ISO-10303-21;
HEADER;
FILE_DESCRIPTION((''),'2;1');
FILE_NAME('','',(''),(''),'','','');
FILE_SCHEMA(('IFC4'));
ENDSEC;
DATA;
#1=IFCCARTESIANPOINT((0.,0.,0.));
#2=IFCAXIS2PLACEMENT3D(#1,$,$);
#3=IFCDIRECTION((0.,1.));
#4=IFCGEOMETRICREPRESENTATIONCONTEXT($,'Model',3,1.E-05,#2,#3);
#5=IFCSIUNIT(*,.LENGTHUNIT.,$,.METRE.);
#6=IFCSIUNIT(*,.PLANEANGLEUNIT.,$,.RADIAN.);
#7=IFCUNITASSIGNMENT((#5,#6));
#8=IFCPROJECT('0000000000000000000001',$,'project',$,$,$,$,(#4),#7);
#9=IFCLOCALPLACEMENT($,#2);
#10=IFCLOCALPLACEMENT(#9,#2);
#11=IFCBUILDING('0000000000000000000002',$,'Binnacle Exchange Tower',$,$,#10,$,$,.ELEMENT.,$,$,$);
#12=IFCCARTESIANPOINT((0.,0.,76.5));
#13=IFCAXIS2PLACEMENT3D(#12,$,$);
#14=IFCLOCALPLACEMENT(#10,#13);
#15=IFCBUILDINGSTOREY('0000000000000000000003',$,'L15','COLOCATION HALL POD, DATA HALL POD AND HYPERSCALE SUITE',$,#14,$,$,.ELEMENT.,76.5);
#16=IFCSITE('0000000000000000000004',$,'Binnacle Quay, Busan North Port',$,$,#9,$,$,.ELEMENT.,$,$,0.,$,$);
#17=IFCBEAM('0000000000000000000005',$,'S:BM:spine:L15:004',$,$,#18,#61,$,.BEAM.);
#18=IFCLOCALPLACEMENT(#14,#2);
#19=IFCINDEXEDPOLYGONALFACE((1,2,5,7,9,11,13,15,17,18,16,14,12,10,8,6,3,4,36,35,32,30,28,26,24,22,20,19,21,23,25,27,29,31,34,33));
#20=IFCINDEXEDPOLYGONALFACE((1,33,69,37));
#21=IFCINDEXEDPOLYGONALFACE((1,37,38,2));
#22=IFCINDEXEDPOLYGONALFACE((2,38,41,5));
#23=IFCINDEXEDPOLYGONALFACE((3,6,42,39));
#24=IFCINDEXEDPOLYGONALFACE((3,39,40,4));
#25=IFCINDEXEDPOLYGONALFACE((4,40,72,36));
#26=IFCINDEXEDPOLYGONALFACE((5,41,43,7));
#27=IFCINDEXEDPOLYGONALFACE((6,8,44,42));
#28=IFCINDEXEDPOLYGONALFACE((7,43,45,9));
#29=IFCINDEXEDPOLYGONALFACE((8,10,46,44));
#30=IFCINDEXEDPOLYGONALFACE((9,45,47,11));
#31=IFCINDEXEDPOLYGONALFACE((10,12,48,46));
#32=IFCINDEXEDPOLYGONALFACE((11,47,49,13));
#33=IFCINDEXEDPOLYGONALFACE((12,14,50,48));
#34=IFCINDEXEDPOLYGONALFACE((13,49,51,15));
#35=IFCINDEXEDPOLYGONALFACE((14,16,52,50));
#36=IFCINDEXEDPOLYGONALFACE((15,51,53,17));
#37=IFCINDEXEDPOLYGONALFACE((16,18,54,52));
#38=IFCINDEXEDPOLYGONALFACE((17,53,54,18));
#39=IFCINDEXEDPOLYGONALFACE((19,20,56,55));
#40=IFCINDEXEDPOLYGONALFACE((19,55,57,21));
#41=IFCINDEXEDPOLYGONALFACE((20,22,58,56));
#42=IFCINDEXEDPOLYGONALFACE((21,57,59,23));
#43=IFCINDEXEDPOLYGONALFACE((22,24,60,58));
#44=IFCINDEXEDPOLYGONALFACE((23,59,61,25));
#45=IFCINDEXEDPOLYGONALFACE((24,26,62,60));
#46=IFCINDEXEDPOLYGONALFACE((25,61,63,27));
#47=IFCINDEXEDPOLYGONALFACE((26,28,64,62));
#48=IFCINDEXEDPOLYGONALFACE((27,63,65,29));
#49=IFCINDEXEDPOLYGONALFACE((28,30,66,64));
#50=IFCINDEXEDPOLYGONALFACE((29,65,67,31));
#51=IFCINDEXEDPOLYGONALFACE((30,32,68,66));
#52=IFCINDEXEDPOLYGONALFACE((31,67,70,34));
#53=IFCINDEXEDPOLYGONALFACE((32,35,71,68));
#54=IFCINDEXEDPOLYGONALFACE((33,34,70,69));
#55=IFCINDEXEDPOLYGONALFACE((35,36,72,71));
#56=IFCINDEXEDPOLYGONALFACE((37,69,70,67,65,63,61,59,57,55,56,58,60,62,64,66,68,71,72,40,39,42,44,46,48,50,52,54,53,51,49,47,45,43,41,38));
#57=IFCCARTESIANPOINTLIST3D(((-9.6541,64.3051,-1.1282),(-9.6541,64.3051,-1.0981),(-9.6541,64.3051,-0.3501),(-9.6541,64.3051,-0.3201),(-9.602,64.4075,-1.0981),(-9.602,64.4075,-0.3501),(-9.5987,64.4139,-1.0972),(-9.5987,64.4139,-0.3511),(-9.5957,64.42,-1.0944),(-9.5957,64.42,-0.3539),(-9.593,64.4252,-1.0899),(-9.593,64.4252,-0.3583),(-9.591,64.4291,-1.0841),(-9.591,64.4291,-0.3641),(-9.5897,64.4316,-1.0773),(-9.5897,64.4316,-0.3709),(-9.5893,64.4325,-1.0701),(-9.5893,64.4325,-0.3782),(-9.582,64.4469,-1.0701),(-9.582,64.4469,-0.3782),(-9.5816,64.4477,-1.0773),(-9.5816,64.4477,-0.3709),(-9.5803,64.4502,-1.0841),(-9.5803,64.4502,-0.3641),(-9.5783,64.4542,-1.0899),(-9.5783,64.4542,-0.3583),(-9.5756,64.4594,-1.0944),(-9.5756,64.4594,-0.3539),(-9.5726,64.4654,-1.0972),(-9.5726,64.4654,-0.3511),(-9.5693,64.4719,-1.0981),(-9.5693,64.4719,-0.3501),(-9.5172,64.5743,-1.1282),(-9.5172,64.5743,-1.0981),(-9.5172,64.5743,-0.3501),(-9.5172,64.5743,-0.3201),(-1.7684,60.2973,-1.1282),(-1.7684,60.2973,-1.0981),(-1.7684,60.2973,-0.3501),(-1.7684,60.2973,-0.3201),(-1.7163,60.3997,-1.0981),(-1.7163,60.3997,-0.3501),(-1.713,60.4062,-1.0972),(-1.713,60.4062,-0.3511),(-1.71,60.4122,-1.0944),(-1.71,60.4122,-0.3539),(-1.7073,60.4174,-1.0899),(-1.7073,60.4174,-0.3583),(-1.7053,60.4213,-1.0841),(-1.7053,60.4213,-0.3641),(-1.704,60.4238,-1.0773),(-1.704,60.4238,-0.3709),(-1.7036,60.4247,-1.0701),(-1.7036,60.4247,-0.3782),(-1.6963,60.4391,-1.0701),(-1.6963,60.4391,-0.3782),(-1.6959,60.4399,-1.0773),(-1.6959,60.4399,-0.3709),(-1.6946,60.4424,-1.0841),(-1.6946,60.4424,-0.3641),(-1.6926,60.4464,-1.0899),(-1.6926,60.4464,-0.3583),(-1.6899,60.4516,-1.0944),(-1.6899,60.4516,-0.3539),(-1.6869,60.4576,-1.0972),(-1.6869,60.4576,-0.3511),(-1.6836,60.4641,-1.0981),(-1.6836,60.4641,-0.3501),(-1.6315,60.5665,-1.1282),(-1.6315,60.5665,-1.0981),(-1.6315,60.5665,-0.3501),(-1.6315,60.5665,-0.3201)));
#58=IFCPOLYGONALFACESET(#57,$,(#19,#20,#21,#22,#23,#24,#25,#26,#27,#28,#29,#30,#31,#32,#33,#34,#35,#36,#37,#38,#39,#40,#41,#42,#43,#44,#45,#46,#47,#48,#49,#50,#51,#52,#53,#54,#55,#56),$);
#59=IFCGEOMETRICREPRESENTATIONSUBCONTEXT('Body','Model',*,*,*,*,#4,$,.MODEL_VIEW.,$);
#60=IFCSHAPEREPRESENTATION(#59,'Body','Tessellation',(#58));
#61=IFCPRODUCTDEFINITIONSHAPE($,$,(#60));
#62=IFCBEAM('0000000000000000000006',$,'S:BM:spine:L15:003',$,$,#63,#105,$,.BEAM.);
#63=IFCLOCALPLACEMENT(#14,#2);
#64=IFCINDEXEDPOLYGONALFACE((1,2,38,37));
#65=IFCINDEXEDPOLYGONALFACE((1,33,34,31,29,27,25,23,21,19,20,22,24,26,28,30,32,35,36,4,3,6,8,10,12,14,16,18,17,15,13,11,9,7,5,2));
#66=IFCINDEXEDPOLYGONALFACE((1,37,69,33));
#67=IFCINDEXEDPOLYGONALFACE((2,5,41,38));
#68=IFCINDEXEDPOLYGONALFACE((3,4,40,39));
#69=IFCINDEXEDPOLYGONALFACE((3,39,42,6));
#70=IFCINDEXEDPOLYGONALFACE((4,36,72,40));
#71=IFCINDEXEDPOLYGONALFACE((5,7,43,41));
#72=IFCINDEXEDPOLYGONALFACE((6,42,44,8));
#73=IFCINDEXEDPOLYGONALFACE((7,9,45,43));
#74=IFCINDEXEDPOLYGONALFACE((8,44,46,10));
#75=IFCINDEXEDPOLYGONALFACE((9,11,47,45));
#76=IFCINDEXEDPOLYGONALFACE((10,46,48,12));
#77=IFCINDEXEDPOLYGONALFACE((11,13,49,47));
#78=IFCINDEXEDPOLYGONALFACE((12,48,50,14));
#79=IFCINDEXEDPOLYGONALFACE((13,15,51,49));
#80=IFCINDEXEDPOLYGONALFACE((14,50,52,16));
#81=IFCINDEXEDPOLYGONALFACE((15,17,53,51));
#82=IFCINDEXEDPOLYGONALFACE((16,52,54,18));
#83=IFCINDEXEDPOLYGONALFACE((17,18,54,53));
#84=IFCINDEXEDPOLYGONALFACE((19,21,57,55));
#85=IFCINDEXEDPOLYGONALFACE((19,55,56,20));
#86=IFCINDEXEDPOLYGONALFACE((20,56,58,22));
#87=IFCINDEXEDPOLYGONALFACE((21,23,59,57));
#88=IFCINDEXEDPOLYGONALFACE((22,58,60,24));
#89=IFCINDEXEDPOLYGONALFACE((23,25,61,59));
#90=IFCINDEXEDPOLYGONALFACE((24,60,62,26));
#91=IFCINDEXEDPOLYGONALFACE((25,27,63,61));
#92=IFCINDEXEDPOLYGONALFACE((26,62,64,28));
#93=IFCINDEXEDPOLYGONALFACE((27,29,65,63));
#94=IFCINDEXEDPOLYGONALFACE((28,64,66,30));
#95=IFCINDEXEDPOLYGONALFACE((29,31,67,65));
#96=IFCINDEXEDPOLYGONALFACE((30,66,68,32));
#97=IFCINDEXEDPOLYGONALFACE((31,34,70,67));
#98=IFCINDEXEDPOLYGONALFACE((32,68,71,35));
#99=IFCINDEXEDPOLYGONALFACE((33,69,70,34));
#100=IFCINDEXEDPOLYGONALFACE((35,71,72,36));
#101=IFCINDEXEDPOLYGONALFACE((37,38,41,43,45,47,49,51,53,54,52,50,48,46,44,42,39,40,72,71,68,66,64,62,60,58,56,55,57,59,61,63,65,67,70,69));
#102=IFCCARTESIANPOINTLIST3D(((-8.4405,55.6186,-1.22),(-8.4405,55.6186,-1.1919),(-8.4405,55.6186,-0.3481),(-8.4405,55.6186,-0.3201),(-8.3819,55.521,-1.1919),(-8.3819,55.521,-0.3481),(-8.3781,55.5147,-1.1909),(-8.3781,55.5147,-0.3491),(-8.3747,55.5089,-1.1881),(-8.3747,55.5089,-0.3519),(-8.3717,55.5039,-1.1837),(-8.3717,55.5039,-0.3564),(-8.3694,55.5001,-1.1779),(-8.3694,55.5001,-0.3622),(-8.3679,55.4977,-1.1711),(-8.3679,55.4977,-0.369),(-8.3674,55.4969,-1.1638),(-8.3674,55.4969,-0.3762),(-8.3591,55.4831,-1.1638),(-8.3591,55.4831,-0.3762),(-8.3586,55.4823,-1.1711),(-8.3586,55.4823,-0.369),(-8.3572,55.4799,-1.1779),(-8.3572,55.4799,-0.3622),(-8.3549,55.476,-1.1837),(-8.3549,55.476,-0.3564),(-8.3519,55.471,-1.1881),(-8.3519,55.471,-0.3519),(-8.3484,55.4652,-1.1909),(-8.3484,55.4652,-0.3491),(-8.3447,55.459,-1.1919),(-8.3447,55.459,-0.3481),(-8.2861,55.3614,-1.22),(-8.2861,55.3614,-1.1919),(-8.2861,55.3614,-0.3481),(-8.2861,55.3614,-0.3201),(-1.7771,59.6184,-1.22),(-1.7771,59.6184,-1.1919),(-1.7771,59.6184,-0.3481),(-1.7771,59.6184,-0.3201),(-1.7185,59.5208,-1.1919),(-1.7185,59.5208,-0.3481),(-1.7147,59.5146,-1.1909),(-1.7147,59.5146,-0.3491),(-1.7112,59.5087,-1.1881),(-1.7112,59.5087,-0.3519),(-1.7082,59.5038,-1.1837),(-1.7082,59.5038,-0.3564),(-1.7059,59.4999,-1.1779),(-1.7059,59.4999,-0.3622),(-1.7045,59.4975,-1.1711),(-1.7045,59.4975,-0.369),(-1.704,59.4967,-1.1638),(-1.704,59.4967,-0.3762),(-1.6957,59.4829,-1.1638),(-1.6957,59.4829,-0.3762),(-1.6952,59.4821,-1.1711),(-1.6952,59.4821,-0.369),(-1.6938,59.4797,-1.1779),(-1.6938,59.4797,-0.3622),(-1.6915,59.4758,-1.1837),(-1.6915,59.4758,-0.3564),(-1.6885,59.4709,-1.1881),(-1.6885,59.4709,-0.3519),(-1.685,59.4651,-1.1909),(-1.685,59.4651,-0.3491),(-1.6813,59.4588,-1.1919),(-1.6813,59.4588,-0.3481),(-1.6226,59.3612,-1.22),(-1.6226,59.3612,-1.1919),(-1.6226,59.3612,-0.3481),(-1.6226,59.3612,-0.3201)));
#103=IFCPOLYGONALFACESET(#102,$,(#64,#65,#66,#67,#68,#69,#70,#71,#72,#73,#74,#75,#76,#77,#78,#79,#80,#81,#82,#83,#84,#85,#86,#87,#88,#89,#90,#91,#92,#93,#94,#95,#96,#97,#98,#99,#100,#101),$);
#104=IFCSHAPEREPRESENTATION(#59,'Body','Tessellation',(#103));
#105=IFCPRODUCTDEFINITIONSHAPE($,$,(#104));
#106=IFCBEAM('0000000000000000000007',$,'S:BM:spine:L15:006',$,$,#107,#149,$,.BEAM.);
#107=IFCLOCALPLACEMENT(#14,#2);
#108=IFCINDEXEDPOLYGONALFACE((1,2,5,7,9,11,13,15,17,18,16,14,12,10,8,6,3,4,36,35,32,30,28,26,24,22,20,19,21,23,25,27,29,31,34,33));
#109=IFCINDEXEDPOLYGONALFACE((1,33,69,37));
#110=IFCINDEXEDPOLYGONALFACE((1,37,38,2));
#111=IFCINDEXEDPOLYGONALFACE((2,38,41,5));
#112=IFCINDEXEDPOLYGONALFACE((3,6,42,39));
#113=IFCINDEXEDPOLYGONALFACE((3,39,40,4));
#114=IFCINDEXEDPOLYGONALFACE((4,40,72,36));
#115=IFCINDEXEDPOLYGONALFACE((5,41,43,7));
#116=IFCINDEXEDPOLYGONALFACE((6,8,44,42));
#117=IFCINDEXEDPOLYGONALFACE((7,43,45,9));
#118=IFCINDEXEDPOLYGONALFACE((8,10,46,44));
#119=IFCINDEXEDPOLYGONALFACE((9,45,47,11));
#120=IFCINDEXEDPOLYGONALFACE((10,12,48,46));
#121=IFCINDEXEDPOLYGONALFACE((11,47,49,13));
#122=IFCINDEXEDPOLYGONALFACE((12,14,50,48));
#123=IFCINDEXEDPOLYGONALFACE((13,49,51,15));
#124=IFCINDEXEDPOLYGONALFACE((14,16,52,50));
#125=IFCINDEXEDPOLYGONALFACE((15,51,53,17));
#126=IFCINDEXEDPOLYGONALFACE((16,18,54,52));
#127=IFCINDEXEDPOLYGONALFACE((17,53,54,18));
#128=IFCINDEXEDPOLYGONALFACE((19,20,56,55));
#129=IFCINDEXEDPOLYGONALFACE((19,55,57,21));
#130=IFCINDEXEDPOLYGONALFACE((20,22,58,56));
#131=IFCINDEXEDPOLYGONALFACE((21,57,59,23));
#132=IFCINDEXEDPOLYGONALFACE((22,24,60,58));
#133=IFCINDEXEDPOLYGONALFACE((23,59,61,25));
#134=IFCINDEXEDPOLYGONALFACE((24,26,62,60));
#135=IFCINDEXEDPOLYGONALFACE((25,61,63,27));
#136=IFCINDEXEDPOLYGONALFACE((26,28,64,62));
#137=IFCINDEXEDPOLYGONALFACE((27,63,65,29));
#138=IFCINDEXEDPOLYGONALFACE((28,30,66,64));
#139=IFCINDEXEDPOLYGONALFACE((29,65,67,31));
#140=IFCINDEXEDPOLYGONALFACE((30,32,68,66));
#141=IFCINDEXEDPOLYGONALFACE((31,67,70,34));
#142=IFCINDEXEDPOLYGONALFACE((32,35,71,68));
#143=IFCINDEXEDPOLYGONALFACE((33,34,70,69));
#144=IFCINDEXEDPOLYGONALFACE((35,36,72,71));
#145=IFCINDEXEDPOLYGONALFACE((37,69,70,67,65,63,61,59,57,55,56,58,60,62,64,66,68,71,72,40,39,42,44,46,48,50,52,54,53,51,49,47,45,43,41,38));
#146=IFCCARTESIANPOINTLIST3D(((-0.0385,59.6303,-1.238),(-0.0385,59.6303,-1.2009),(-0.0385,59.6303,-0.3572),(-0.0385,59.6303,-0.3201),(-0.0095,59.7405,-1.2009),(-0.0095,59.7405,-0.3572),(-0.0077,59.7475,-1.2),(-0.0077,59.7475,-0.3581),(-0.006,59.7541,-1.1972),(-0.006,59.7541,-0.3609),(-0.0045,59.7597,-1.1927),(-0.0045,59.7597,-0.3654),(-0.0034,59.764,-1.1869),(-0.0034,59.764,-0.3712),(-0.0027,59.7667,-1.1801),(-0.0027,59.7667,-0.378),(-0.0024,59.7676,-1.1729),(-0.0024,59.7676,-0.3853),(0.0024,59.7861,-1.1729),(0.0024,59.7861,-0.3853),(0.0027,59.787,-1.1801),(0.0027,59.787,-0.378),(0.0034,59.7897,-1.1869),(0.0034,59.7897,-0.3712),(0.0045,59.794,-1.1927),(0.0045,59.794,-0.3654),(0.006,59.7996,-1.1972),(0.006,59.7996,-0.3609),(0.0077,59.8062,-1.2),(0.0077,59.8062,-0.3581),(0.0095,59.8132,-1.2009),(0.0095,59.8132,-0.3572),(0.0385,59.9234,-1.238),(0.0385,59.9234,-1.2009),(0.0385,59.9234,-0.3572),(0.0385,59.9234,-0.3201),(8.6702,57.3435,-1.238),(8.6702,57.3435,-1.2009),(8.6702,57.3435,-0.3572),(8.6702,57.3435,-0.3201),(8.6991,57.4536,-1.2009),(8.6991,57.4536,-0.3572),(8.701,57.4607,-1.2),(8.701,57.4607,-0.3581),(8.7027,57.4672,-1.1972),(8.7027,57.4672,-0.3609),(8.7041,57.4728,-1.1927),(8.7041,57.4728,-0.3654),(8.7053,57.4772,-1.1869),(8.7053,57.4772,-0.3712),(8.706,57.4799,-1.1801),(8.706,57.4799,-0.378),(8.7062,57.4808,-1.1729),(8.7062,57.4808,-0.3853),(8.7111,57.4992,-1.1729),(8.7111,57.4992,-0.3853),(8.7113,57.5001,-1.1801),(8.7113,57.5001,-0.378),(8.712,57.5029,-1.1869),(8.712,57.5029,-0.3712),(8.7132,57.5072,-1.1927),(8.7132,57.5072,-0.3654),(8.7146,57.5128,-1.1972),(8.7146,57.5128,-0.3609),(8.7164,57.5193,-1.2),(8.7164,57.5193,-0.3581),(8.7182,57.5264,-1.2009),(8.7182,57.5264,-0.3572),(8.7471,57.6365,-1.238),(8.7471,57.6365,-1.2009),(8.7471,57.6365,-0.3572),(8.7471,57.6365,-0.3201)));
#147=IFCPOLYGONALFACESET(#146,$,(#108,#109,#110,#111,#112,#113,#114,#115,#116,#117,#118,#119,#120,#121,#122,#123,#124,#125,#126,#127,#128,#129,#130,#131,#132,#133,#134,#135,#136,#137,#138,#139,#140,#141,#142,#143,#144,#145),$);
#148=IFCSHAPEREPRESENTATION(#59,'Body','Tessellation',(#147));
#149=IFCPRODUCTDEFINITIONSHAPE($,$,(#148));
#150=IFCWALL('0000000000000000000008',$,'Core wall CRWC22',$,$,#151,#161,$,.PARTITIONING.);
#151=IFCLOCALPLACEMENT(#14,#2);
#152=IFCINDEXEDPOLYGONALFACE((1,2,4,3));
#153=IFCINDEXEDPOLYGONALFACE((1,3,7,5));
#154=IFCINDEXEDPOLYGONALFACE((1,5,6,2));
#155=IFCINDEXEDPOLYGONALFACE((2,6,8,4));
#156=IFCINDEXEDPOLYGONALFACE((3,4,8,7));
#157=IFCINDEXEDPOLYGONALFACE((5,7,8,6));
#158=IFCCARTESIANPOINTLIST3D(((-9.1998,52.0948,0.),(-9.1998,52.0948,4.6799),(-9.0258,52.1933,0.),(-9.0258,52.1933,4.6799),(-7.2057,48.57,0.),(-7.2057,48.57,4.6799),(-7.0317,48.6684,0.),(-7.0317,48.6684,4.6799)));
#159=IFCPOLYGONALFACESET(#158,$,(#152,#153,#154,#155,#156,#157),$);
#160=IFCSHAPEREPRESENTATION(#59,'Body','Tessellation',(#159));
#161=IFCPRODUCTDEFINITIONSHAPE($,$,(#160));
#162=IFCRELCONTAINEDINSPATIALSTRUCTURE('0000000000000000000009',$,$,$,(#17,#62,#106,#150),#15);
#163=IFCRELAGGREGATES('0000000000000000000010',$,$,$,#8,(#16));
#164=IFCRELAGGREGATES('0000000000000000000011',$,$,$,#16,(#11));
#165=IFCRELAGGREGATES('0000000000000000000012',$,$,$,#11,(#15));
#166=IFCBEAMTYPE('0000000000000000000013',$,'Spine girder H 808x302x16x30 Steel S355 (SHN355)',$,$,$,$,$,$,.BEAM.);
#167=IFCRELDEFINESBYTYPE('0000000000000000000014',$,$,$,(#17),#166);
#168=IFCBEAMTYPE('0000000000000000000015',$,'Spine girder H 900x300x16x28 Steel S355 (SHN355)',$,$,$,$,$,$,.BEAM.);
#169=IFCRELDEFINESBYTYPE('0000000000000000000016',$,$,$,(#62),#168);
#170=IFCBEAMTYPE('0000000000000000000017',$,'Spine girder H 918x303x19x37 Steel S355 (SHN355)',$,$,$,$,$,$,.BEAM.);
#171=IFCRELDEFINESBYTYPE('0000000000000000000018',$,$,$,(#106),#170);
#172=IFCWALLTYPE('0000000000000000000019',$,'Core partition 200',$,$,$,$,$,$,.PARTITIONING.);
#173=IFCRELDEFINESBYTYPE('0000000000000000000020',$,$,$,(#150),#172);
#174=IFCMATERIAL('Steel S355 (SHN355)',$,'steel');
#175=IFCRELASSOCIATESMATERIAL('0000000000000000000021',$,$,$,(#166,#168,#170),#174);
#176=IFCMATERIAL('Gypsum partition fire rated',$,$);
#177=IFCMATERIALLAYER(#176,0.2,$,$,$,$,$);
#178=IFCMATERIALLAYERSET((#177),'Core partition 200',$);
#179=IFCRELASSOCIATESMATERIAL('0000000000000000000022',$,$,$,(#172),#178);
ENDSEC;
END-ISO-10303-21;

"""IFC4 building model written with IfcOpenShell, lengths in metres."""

from ifc_helpers import new_model, si_unit, direction, frame, frame_2d, origin, origin_2d, place, context, subcontext, project, spatial, rectangle, i_section, extrude, material, layer, layer_set, material_profile, profile_set, type_object, element, save


model = new_model("IFC4")

# Units and contexts
model_context = context("Model", 3, precision=1e-05, world=origin(), true_north=direction((0.0, 1.0)))
body_context = subcontext(model_context, "Body", "Model", "MODEL_VIEW")
ifc_project = project(units=[si_unit("LENGTHUNIT", "METRE"), si_unit("PLANEANGLEUNIT", "RADIAN")], contexts=[model_context])

# Site, building, storey
site_placement = place(None, origin())
site = spatial("IfcSite", under=ifc_project, at=site_placement, Name="Binnacle Quay, Busan North Port", CompositionType="ELEMENT", RefElevation=0.0)
building_placement = place(site_placement, origin())
building = spatial("IfcBuilding", under=site, at=building_placement, Name="Binnacle Exchange Tower", CompositionType="ELEMENT")
storey_placement = place(building_placement, frame((0.0, 0.0, 76.5)))
storey = spatial("IfcBuildingStorey", under=building, at=storey_placement, Name="L15", Description="COLOCATION HALL POD, DATA HALL POD AND HYPERSCALE SUITE", CompositionType="ELEMENT", Elevation=76.5)

# Beams
ifc_material_1 = material(Name="Steel S355 (SHN355)", Category="steel")
ifc_material_profile_1 = material_profile(ifc_material_1, i_section(OverallWidth=0.302, OverallDepth=0.8081, WebThickness=0.0161, FlangeThickness=0.03, FilletRadius=0.0281, at=origin_2d()), Name="H 808x302x16x30")
ifc_profile_set_1 = profile_set([ifc_material_profile_1], Name="Steel S355 (SHN355)")
beam_type_1 = type_object("IfcBeamType", Name="Spine girder H 808x302x16x30 Steel S355 (SHN355)", PredefinedType="BEAM", material=ifc_profile_set_1)
beam_1_placement = place(storey_placement, frame((-1.7, 60.4319, -0.7241), z_axis=(-0.891471, 0.453077, 0.0), x_axis=(-0.453077, -0.891471, 0.0)))
element("IfcBeam", 1, at=beam_1_placement, inside=storey, type_object=beam_type_1, Name="S:BM:spine:L15:004", PredefinedType="BEAM", context=body_context, shape_type="SweptSolid", body=[
    extrude(i_section(OverallWidth=0.302, OverallDepth=0.8081, WebThickness=0.0161, FlangeThickness=0.03, FilletRadius=0.0281, at=origin_2d()), origin(), (0.0, 0.0, 1.0), 8.8457),
])
ifc_material_profile_2 = material_profile(ifc_material_1, i_section(OverallWidth=0.3, OverallDepth=0.8999, WebThickness=0.0161, FlangeThickness=0.0281, FilletRadius=0.0281, at=origin_2d()), Name="H 900x300x16x28")
ifc_profile_set_2 = profile_set([ifc_material_profile_2], Name="Steel S355 (SHN355)")
beam_type_2 = type_object("IfcBeamType", Name="Spine girder H 900x300x16x28 Steel S355 (SHN355)", PredefinedType="BEAM", material=ifc_profile_set_2)
beam_2_placement = place(storey_placement, frame((-8.3633, 55.49, -0.77), z_axis=(0.857393, 0.514662, 0.0), x_axis=(-0.514662, 0.857393, 0.0)))
element("IfcBeam", 2, at=beam_2_placement, inside=storey, type_object=beam_type_2, Name="S:BM:spine:L15:003", PredefinedType="BEAM", context=body_context, shape_type="SweptSolid", body=[
    extrude(i_section(OverallWidth=0.3, OverallDepth=0.8999, WebThickness=0.0161, FlangeThickness=0.0281, FilletRadius=0.0281, at=origin_2d()), origin(), (0.0, 0.0, 1.0), 7.7717),
])
ifc_material_profile_3 = material_profile(ifc_material_1, i_section(OverallWidth=0.303, OverallDepth=0.918, WebThickness=0.019, FlangeThickness=0.0371, FilletRadius=0.0281, at=origin_2d()), Name="H 918x303x19x37")
ifc_profile_set_3 = profile_set([ifc_material_profile_3], Name="Steel S355 (SHN355)")
beam_type_3 = type_object("IfcBeamType", Name="Spine girder H 918x303x19x37 Steel S355 (SHN355)", PredefinedType="BEAM", material=ifc_profile_set_3)
beam_3_placement = place(storey_placement, frame((0.0, 59.7769, -0.7791), z_axis=(0.967209, -0.253983, 0.0), x_axis=(0.253983, 0.967209, 0.0)))
element("IfcBeam", 3, at=beam_3_placement, inside=storey, type_object=beam_type_3, Name="S:BM:spine:L15:006", PredefinedType="BEAM", context=body_context, shape_type="SweptSolid", body=[
    extrude(i_section(OverallWidth=0.303, OverallDepth=0.918, WebThickness=0.019, FlangeThickness=0.0371, FilletRadius=0.0281, at=origin_2d()), origin(), (0.0, 0.0, 1.0), 9.0039),
])

# Wall
ifc_material_2 = material(Name="Gypsum partition fire rated")
ifc_layer_1 = layer(ifc_material_2, 0.2)
ifc_layer_set_1 = layer_set([ifc_layer_1], Name="Core partition 200")
wall_type_1 = type_object("IfcWallType", Name="Core partition 200", PredefinedType="PARTITIONING", material=ifc_layer_set_1)
wall_1_placement = place(storey_placement, frame((-9.1128, 52.144, 0.0), z_axis=(0.0, 0.0, 1.0), x_axis=(0.492395, -0.870372, 0.0)))
element("IfcWall", 4, at=wall_1_placement, inside=storey, type_object=wall_type_1, Name="Core wall CRWC22", PredefinedType="PARTITIONING", context=body_context, shape_type="SweptSolid", body=[
    extrude(rectangle(XDim=4.0498, YDim=0.2, at=frame_2d((2.0249, 0.0))), origin(), (0.0, 0.0, 1.0), 4.6799),
])

save(model, "model.ifc")
